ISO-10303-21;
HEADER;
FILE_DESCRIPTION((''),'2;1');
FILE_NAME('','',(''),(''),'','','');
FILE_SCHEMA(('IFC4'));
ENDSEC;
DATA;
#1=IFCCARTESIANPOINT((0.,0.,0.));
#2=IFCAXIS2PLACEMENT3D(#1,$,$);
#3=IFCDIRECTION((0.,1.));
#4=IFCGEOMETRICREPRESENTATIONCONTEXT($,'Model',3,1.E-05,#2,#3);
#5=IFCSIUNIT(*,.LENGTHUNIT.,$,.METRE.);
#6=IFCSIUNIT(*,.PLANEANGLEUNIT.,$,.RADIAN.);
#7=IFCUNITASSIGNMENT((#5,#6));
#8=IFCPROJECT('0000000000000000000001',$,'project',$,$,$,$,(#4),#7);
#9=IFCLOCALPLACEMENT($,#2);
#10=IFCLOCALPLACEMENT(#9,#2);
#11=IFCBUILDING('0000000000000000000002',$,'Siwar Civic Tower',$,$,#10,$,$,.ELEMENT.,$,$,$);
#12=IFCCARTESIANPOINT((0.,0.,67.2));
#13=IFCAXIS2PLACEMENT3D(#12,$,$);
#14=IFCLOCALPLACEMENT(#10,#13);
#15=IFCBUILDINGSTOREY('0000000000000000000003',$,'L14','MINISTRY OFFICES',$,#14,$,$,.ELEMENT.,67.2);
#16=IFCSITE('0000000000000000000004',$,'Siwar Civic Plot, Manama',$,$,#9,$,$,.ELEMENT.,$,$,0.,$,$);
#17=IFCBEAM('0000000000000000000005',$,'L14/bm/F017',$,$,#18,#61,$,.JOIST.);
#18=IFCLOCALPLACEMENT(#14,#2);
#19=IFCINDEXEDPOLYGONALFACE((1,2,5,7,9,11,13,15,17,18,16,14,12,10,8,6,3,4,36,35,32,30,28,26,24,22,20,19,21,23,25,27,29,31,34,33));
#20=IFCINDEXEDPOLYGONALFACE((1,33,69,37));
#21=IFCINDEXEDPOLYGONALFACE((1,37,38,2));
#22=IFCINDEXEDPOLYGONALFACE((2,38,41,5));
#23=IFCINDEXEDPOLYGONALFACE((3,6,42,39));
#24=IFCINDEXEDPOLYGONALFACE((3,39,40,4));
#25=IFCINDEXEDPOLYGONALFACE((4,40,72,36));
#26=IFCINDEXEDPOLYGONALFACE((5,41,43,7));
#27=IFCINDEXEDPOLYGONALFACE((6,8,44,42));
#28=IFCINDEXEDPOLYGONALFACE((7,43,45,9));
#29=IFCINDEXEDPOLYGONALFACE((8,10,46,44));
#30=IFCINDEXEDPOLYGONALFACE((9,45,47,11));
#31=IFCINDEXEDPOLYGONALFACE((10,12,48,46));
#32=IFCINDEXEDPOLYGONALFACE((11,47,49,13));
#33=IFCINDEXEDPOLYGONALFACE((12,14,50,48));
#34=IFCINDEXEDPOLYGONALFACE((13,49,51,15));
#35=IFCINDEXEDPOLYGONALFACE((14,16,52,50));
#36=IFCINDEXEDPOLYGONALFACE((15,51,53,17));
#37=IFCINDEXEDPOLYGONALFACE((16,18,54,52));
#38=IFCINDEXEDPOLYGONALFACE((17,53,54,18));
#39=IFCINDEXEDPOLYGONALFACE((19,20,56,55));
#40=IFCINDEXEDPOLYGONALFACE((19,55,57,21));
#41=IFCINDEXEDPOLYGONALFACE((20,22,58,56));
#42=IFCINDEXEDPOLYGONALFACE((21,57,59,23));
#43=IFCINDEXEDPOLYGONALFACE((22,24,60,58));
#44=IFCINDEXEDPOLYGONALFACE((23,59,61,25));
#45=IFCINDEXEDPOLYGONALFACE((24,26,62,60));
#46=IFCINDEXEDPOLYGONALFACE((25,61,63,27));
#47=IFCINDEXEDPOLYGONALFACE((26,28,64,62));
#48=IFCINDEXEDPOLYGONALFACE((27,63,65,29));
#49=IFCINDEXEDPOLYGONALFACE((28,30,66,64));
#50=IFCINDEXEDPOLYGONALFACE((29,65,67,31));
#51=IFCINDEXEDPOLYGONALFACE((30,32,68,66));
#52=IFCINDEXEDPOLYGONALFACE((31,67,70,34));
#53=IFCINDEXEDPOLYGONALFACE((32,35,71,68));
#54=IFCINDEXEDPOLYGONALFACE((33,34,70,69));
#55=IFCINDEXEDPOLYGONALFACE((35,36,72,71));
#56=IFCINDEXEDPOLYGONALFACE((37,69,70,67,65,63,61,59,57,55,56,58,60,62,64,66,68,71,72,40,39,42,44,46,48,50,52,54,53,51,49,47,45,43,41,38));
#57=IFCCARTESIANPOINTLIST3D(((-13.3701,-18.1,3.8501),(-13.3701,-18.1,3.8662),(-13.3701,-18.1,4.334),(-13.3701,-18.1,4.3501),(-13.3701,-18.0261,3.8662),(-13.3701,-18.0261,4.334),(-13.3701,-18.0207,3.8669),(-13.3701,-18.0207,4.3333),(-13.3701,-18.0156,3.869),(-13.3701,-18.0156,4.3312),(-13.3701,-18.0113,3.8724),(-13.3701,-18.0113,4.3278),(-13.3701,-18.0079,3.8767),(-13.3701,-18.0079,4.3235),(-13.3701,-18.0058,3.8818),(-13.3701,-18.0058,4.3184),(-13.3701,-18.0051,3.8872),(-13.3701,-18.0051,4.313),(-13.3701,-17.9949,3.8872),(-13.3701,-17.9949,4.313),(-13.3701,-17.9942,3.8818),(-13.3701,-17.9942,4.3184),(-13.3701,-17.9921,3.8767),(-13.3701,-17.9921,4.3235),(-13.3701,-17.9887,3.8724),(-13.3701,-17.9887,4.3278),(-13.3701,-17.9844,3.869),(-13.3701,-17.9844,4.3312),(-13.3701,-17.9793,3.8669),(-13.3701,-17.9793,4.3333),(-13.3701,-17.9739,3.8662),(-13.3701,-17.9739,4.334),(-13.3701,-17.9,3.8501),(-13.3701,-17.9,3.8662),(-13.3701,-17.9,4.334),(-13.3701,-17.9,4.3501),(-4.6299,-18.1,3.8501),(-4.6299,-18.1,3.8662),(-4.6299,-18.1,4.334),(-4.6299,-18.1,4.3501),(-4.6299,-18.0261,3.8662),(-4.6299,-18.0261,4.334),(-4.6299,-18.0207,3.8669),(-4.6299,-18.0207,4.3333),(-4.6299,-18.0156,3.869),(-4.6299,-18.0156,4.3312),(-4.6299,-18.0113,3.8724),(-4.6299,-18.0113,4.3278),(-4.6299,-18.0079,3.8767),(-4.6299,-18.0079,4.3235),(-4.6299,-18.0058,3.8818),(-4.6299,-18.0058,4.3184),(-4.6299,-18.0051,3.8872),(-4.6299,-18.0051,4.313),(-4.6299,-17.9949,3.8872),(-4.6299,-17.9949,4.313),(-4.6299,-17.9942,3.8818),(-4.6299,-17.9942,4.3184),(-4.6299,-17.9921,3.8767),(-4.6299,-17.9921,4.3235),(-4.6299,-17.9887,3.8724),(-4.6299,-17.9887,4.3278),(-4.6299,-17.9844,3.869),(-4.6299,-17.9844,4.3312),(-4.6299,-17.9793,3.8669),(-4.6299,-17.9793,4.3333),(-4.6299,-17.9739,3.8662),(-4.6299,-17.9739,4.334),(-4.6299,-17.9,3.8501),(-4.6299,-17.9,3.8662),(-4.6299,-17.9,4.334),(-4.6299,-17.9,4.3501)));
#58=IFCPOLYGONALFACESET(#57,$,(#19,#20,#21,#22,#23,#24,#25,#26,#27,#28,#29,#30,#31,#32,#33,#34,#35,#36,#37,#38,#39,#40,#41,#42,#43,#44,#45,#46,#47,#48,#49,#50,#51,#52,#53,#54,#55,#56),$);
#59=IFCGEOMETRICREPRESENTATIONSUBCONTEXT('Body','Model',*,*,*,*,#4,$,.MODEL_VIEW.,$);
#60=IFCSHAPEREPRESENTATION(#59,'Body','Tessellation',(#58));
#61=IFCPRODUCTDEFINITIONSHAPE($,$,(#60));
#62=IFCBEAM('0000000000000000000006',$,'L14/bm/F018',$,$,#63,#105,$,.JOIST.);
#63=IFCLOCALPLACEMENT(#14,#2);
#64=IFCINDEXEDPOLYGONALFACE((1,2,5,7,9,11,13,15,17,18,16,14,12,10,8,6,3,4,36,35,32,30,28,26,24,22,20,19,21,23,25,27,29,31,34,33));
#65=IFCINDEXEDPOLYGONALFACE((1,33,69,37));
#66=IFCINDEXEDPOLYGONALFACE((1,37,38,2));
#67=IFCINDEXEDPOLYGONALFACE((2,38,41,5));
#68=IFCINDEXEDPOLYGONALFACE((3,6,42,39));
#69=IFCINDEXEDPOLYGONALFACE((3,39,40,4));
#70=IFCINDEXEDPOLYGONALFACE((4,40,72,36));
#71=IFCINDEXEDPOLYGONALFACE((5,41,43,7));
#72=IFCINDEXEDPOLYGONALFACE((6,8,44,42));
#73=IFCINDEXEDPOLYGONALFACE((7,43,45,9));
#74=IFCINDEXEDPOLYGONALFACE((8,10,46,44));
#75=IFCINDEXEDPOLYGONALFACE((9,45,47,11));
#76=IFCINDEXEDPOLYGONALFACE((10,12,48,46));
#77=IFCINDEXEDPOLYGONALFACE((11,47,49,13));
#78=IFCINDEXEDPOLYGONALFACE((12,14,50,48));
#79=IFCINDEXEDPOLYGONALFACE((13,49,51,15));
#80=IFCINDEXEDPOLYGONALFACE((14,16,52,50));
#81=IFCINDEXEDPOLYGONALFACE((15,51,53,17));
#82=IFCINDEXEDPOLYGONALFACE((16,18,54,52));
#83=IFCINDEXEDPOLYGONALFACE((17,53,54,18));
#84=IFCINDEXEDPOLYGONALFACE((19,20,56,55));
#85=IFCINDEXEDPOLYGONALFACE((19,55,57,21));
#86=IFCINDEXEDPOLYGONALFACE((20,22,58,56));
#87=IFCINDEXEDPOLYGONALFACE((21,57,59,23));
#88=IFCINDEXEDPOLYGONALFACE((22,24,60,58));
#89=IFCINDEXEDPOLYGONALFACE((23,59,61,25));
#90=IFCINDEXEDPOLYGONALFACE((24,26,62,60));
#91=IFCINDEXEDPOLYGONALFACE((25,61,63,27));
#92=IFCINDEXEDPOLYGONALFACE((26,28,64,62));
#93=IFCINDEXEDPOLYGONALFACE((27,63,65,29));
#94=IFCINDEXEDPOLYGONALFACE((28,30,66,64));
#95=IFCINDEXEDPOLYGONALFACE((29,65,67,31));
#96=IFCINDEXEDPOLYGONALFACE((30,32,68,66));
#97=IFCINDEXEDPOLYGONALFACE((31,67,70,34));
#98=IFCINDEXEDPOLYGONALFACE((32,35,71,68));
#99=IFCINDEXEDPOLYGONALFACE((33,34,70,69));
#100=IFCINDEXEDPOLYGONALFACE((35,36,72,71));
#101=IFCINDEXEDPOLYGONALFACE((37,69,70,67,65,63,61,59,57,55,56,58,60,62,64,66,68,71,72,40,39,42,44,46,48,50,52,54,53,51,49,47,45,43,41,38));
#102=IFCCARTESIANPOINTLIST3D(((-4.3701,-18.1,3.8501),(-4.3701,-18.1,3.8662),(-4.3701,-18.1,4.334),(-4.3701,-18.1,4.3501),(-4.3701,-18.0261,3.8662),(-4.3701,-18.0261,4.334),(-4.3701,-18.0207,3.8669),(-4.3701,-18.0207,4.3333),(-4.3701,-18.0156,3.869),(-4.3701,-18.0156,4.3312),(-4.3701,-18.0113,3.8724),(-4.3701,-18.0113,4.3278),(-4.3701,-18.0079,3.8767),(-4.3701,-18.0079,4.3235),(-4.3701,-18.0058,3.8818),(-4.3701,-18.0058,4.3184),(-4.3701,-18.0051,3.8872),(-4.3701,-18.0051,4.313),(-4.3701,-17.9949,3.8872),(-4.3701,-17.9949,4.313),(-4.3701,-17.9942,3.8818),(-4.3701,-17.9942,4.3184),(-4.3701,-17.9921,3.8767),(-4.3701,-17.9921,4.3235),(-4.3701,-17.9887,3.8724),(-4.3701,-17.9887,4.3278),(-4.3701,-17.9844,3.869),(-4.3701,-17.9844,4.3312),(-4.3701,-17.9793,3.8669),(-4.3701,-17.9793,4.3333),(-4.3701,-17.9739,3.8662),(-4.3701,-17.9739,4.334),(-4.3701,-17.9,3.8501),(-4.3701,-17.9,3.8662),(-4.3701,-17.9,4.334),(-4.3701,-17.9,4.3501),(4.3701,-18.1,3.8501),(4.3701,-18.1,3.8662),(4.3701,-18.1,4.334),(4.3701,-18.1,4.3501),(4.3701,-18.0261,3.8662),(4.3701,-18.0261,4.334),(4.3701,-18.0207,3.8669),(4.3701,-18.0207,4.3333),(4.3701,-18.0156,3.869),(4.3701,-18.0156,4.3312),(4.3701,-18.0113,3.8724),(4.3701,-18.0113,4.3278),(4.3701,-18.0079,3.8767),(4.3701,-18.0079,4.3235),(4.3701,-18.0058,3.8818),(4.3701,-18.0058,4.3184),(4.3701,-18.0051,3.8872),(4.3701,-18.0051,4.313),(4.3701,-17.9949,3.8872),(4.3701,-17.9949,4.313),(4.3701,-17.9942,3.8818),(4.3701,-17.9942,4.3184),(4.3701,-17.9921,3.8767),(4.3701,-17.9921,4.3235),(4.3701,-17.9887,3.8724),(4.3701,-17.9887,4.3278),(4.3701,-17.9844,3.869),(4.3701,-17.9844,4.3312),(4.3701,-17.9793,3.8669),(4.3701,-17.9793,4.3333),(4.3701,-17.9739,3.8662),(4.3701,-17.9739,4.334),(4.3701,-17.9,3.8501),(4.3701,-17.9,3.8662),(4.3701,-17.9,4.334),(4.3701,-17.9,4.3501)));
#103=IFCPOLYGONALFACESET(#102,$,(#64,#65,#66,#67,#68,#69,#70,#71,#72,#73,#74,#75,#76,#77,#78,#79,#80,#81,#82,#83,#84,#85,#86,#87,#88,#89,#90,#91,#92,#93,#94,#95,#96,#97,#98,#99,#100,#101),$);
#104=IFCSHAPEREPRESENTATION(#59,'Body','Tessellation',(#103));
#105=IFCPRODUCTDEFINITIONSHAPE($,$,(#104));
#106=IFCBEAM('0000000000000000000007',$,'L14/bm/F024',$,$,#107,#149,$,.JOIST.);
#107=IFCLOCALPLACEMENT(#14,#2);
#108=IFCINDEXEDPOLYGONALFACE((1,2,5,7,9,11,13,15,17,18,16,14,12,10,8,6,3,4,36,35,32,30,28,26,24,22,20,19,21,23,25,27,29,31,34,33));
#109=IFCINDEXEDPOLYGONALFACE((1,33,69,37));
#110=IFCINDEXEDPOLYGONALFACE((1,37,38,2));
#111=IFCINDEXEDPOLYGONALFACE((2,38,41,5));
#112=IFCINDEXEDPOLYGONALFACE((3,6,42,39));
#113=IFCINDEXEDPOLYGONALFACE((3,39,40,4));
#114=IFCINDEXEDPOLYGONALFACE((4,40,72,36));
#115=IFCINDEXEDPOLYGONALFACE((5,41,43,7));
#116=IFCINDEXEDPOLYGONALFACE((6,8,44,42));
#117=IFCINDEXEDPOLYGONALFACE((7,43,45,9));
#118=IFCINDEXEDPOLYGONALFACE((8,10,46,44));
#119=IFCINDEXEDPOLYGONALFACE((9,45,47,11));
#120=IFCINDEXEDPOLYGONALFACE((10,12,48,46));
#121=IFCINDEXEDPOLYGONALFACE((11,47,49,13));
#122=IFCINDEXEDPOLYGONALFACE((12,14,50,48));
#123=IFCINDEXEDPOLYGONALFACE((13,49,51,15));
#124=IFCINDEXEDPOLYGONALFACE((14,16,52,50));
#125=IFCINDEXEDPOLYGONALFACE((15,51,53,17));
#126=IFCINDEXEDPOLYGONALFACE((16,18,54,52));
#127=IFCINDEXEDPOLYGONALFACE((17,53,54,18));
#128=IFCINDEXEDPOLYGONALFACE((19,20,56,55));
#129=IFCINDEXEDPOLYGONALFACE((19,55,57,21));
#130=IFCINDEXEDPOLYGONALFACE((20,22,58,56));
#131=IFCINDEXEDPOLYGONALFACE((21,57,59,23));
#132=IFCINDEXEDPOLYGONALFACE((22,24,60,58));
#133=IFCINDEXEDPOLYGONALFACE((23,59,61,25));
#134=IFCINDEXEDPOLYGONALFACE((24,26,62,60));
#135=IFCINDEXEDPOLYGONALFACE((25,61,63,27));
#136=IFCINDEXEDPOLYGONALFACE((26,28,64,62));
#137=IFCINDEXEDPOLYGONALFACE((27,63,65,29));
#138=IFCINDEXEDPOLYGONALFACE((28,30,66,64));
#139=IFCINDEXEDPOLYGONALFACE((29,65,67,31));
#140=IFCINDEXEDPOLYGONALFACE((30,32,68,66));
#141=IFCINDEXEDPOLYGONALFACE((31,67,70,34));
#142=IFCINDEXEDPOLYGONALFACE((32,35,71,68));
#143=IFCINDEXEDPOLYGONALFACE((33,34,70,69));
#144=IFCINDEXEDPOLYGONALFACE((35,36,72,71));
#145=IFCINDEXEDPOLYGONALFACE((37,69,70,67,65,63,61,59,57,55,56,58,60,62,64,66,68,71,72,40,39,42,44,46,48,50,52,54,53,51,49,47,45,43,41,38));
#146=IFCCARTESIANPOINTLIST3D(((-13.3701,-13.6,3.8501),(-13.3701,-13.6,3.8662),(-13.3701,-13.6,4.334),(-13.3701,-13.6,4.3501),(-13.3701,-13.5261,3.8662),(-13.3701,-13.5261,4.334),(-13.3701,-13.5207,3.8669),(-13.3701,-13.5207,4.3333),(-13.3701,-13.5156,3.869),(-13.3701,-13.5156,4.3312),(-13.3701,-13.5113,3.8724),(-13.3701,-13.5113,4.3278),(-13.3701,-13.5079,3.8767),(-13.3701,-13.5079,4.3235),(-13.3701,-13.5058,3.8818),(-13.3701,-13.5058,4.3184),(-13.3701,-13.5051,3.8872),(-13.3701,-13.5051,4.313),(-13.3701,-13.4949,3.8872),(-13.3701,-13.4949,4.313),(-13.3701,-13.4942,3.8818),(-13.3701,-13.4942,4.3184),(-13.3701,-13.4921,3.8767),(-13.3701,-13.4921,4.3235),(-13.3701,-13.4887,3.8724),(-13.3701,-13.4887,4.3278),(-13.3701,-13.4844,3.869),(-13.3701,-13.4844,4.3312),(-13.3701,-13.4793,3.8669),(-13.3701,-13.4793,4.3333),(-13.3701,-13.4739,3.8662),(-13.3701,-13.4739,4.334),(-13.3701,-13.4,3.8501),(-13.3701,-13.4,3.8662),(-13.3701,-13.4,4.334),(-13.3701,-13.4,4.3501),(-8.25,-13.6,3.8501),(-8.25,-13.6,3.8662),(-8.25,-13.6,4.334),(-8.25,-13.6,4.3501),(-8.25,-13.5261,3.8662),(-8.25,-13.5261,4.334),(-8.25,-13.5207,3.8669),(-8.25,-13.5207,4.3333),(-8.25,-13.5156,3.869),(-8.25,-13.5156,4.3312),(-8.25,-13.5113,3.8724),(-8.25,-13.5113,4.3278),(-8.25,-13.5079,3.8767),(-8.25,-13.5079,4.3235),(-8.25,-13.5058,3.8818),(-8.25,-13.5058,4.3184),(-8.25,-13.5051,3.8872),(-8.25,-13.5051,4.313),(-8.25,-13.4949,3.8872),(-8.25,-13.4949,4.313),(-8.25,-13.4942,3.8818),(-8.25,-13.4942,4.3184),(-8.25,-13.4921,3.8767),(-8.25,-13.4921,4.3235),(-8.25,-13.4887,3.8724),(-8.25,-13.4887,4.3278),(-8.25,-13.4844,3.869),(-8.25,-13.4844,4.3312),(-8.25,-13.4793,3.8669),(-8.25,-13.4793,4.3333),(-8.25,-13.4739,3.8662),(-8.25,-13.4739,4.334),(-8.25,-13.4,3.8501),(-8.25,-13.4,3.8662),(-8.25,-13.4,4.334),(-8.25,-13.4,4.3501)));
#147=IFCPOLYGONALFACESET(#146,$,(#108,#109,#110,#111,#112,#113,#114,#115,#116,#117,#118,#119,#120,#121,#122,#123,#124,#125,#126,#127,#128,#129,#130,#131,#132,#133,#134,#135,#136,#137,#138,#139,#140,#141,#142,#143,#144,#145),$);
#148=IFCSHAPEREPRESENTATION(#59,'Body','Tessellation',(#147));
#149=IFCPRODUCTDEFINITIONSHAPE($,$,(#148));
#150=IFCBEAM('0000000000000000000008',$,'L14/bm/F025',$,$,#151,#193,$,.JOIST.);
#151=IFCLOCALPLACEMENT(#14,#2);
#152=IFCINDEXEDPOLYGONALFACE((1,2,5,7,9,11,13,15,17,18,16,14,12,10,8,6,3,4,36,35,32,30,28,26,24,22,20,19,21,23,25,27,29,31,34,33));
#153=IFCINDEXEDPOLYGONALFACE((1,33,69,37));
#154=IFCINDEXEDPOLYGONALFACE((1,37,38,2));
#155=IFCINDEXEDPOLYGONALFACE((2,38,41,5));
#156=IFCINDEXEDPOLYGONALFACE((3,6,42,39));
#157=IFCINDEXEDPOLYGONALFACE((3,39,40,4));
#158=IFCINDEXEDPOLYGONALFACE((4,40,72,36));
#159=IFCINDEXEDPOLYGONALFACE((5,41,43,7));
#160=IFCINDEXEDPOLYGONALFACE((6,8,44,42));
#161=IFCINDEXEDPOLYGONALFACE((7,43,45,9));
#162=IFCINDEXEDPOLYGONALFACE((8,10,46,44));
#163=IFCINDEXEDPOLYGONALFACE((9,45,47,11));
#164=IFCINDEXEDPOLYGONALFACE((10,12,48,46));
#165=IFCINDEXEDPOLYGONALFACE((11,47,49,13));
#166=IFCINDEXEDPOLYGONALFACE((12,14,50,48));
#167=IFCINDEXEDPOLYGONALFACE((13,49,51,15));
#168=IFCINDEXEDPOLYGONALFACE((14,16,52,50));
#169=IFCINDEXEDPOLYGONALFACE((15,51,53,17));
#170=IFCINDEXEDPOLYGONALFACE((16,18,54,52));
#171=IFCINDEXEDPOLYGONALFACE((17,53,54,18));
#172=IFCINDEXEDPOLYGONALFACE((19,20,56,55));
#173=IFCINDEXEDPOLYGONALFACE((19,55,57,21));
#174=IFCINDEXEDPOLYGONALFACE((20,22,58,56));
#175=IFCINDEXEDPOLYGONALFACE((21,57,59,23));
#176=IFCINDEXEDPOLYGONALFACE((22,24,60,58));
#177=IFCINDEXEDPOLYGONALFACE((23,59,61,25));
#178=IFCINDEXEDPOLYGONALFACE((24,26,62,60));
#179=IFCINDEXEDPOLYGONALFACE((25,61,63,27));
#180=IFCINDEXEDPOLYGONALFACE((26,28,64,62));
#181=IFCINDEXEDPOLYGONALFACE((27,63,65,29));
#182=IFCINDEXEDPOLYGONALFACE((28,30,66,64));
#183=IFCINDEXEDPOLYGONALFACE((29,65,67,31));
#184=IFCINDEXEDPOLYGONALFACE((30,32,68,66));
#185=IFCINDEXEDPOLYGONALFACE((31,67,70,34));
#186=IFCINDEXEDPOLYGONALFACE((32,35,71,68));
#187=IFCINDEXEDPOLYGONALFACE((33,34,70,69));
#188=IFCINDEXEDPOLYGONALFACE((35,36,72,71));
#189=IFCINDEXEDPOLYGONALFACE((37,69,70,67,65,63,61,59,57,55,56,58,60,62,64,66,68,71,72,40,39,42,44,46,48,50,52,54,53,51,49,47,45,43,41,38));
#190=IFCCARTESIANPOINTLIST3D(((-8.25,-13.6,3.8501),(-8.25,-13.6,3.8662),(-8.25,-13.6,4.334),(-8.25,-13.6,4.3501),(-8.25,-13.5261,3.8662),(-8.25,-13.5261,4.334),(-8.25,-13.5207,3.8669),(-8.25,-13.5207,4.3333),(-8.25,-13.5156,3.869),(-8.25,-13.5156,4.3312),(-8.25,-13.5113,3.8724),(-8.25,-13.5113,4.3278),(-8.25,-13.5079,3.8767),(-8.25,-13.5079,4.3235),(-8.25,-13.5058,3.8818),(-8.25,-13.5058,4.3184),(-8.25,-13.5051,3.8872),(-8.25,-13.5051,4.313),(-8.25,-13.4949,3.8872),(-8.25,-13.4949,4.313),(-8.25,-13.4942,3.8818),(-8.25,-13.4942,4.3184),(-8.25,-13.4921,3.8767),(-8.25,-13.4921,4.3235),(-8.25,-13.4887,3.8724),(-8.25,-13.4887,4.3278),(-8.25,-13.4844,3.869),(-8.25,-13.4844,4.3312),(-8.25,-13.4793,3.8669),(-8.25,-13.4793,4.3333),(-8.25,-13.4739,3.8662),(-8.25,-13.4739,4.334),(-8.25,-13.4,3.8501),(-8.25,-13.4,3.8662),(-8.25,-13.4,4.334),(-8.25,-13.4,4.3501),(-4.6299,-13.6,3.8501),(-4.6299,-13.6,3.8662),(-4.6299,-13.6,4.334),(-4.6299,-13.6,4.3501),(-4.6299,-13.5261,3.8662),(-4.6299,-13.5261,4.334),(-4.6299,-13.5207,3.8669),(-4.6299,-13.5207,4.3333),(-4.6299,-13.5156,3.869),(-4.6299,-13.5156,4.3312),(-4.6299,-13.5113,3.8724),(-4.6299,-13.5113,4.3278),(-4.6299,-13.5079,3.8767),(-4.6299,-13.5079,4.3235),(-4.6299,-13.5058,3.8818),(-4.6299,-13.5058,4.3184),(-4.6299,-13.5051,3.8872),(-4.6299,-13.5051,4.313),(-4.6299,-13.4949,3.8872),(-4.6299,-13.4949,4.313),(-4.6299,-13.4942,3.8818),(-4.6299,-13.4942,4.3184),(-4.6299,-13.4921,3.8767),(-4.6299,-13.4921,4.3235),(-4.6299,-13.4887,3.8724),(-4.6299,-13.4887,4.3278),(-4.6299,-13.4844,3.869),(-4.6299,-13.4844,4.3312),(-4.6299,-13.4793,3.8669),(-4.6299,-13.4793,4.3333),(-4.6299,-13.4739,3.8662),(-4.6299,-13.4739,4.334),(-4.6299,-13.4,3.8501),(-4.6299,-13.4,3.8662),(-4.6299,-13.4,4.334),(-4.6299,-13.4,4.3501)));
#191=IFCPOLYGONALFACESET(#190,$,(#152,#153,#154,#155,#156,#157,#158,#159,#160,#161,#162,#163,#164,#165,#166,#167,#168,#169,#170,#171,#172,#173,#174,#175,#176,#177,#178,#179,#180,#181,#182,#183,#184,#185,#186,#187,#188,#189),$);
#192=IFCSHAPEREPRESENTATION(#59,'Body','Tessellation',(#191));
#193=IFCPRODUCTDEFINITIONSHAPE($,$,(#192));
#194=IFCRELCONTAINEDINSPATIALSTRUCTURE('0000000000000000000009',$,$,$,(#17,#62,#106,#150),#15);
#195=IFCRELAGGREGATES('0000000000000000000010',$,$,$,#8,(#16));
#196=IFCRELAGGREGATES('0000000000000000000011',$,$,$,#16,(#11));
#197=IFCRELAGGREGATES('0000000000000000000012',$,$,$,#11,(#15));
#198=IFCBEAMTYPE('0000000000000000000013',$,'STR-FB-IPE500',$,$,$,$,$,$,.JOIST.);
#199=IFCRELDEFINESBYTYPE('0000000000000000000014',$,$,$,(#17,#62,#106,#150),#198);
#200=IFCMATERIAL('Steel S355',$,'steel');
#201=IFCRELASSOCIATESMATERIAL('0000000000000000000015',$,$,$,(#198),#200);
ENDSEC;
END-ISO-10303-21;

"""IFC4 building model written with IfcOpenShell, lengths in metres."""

from ifc_helpers import new_model, si_unit, direction, frame, origin, origin_2d, place, context, subcontext, project, spatial, i_section, extrude, material, material_profile, profile_set, type_object, element, save


model = new_model("IFC4")

# Units and contexts
model_context = context("Model", 3, precision=1e-05, world=origin(), true_north=direction((0.0, 1.0)))
body_context = subcontext(model_context, "Body", "Model", "MODEL_VIEW")
ifc_project = project(units=[si_unit("LENGTHUNIT", "METRE"), si_unit("PLANEANGLEUNIT", "RADIAN")], contexts=[model_context])

# Site, building, storey
site_placement = place(None, origin())
site = spatial("IfcSite", under=ifc_project, at=site_placement, Name="Siwar Civic Plot, Manama", CompositionType="ELEMENT", RefElevation=0.0)
building_placement = place(site_placement, origin())
building = spatial("IfcBuilding", under=site, at=building_placement, Name="Siwar Civic Tower", CompositionType="ELEMENT")
storey_placement = place(building_placement, frame((0.0, 0.0, 67.2)))
storey = spatial("IfcBuildingStorey", under=building, at=storey_placement, Name="L14", Description="MINISTRY OFFICES", CompositionType="ELEMENT", Elevation=67.2)

# Beams
ifc_material_1 = material(Name="Steel S355", Category="steel")
ifc_material_profile = material_profile(ifc_material_1, i_section(OverallWidth=0.2, OverallDepth=0.5, WebThickness=0.0103, FlangeThickness=0.0161, FilletRadius=0.021, at=origin_2d()), Name="IPE500")
ifc_profile_set = profile_set([ifc_material_profile], Name="Steel S355")
beam_type = type_object("IfcBeamType", Name="STR-FB-IPE500", PredefinedType="JOIST", material=ifc_profile_set)
for number, where, z_axis, x_axis, name in (
    (1, (-13.3701, -18.0, 4.1001), (1.0, 0.0, 0.0), (0.0, 1.0, 0.0), "L14/bm/F017"),
    (2, (-4.3701, -18.0, 4.1001), (1.0, 0.0, 0.0), (0.0, 1.0, 0.0), "L14/bm/F018"),
):
    element("IfcBeam", number, at=place(storey_placement, frame(where, z_axis=z_axis, x_axis=x_axis)), inside=storey, type_object=beam_type, Name=name, PredefinedType="JOIST", context=body_context, shape_type="SweptSolid", body=[
        extrude(i_section(OverallWidth=0.2, OverallDepth=0.5, WebThickness=0.0103, FlangeThickness=0.0161, FilletRadius=0.021, at=origin_2d()), origin(), (0.0, 0.0, 1.0), 8.7402),
    ])
beam_1_placement = place(storey_placement, frame((-13.3701, -13.5, 4.1001), z_axis=(1.0, 0.0, 0.0), x_axis=(0.0, 1.0, 0.0)))
element("IfcBeam", 3, at=beam_1_placement, inside=storey, type_object=beam_type, Name="L14/bm/F024", PredefinedType="JOIST", context=body_context, shape_type="SweptSolid", body=[
    extrude(i_section(OverallWidth=0.2, OverallDepth=0.5, WebThickness=0.0103, FlangeThickness=0.0161, FilletRadius=0.021, at=origin_2d()), origin(), (0.0, 0.0, 1.0), 5.1201),
])
beam_2_placement = place(storey_placement, frame((-8.25, -13.5, 4.1001), z_axis=(1.0, 0.0, 0.0), x_axis=(0.0, 1.0, 0.0)))
element("IfcBeam", 4, at=beam_2_placement, inside=storey, type_object=beam_type, Name="L14/bm/F025", PredefinedType="JOIST", context=body_context, shape_type="SweptSolid", body=[
    extrude(i_section(OverallWidth=0.2, OverallDepth=0.5, WebThickness=0.0103, FlangeThickness=0.0161, FilletRadius=0.021, at=origin_2d()), origin(), (0.0, 0.0, 1.0), 3.6201),
])

save(model, "model.ifc")
